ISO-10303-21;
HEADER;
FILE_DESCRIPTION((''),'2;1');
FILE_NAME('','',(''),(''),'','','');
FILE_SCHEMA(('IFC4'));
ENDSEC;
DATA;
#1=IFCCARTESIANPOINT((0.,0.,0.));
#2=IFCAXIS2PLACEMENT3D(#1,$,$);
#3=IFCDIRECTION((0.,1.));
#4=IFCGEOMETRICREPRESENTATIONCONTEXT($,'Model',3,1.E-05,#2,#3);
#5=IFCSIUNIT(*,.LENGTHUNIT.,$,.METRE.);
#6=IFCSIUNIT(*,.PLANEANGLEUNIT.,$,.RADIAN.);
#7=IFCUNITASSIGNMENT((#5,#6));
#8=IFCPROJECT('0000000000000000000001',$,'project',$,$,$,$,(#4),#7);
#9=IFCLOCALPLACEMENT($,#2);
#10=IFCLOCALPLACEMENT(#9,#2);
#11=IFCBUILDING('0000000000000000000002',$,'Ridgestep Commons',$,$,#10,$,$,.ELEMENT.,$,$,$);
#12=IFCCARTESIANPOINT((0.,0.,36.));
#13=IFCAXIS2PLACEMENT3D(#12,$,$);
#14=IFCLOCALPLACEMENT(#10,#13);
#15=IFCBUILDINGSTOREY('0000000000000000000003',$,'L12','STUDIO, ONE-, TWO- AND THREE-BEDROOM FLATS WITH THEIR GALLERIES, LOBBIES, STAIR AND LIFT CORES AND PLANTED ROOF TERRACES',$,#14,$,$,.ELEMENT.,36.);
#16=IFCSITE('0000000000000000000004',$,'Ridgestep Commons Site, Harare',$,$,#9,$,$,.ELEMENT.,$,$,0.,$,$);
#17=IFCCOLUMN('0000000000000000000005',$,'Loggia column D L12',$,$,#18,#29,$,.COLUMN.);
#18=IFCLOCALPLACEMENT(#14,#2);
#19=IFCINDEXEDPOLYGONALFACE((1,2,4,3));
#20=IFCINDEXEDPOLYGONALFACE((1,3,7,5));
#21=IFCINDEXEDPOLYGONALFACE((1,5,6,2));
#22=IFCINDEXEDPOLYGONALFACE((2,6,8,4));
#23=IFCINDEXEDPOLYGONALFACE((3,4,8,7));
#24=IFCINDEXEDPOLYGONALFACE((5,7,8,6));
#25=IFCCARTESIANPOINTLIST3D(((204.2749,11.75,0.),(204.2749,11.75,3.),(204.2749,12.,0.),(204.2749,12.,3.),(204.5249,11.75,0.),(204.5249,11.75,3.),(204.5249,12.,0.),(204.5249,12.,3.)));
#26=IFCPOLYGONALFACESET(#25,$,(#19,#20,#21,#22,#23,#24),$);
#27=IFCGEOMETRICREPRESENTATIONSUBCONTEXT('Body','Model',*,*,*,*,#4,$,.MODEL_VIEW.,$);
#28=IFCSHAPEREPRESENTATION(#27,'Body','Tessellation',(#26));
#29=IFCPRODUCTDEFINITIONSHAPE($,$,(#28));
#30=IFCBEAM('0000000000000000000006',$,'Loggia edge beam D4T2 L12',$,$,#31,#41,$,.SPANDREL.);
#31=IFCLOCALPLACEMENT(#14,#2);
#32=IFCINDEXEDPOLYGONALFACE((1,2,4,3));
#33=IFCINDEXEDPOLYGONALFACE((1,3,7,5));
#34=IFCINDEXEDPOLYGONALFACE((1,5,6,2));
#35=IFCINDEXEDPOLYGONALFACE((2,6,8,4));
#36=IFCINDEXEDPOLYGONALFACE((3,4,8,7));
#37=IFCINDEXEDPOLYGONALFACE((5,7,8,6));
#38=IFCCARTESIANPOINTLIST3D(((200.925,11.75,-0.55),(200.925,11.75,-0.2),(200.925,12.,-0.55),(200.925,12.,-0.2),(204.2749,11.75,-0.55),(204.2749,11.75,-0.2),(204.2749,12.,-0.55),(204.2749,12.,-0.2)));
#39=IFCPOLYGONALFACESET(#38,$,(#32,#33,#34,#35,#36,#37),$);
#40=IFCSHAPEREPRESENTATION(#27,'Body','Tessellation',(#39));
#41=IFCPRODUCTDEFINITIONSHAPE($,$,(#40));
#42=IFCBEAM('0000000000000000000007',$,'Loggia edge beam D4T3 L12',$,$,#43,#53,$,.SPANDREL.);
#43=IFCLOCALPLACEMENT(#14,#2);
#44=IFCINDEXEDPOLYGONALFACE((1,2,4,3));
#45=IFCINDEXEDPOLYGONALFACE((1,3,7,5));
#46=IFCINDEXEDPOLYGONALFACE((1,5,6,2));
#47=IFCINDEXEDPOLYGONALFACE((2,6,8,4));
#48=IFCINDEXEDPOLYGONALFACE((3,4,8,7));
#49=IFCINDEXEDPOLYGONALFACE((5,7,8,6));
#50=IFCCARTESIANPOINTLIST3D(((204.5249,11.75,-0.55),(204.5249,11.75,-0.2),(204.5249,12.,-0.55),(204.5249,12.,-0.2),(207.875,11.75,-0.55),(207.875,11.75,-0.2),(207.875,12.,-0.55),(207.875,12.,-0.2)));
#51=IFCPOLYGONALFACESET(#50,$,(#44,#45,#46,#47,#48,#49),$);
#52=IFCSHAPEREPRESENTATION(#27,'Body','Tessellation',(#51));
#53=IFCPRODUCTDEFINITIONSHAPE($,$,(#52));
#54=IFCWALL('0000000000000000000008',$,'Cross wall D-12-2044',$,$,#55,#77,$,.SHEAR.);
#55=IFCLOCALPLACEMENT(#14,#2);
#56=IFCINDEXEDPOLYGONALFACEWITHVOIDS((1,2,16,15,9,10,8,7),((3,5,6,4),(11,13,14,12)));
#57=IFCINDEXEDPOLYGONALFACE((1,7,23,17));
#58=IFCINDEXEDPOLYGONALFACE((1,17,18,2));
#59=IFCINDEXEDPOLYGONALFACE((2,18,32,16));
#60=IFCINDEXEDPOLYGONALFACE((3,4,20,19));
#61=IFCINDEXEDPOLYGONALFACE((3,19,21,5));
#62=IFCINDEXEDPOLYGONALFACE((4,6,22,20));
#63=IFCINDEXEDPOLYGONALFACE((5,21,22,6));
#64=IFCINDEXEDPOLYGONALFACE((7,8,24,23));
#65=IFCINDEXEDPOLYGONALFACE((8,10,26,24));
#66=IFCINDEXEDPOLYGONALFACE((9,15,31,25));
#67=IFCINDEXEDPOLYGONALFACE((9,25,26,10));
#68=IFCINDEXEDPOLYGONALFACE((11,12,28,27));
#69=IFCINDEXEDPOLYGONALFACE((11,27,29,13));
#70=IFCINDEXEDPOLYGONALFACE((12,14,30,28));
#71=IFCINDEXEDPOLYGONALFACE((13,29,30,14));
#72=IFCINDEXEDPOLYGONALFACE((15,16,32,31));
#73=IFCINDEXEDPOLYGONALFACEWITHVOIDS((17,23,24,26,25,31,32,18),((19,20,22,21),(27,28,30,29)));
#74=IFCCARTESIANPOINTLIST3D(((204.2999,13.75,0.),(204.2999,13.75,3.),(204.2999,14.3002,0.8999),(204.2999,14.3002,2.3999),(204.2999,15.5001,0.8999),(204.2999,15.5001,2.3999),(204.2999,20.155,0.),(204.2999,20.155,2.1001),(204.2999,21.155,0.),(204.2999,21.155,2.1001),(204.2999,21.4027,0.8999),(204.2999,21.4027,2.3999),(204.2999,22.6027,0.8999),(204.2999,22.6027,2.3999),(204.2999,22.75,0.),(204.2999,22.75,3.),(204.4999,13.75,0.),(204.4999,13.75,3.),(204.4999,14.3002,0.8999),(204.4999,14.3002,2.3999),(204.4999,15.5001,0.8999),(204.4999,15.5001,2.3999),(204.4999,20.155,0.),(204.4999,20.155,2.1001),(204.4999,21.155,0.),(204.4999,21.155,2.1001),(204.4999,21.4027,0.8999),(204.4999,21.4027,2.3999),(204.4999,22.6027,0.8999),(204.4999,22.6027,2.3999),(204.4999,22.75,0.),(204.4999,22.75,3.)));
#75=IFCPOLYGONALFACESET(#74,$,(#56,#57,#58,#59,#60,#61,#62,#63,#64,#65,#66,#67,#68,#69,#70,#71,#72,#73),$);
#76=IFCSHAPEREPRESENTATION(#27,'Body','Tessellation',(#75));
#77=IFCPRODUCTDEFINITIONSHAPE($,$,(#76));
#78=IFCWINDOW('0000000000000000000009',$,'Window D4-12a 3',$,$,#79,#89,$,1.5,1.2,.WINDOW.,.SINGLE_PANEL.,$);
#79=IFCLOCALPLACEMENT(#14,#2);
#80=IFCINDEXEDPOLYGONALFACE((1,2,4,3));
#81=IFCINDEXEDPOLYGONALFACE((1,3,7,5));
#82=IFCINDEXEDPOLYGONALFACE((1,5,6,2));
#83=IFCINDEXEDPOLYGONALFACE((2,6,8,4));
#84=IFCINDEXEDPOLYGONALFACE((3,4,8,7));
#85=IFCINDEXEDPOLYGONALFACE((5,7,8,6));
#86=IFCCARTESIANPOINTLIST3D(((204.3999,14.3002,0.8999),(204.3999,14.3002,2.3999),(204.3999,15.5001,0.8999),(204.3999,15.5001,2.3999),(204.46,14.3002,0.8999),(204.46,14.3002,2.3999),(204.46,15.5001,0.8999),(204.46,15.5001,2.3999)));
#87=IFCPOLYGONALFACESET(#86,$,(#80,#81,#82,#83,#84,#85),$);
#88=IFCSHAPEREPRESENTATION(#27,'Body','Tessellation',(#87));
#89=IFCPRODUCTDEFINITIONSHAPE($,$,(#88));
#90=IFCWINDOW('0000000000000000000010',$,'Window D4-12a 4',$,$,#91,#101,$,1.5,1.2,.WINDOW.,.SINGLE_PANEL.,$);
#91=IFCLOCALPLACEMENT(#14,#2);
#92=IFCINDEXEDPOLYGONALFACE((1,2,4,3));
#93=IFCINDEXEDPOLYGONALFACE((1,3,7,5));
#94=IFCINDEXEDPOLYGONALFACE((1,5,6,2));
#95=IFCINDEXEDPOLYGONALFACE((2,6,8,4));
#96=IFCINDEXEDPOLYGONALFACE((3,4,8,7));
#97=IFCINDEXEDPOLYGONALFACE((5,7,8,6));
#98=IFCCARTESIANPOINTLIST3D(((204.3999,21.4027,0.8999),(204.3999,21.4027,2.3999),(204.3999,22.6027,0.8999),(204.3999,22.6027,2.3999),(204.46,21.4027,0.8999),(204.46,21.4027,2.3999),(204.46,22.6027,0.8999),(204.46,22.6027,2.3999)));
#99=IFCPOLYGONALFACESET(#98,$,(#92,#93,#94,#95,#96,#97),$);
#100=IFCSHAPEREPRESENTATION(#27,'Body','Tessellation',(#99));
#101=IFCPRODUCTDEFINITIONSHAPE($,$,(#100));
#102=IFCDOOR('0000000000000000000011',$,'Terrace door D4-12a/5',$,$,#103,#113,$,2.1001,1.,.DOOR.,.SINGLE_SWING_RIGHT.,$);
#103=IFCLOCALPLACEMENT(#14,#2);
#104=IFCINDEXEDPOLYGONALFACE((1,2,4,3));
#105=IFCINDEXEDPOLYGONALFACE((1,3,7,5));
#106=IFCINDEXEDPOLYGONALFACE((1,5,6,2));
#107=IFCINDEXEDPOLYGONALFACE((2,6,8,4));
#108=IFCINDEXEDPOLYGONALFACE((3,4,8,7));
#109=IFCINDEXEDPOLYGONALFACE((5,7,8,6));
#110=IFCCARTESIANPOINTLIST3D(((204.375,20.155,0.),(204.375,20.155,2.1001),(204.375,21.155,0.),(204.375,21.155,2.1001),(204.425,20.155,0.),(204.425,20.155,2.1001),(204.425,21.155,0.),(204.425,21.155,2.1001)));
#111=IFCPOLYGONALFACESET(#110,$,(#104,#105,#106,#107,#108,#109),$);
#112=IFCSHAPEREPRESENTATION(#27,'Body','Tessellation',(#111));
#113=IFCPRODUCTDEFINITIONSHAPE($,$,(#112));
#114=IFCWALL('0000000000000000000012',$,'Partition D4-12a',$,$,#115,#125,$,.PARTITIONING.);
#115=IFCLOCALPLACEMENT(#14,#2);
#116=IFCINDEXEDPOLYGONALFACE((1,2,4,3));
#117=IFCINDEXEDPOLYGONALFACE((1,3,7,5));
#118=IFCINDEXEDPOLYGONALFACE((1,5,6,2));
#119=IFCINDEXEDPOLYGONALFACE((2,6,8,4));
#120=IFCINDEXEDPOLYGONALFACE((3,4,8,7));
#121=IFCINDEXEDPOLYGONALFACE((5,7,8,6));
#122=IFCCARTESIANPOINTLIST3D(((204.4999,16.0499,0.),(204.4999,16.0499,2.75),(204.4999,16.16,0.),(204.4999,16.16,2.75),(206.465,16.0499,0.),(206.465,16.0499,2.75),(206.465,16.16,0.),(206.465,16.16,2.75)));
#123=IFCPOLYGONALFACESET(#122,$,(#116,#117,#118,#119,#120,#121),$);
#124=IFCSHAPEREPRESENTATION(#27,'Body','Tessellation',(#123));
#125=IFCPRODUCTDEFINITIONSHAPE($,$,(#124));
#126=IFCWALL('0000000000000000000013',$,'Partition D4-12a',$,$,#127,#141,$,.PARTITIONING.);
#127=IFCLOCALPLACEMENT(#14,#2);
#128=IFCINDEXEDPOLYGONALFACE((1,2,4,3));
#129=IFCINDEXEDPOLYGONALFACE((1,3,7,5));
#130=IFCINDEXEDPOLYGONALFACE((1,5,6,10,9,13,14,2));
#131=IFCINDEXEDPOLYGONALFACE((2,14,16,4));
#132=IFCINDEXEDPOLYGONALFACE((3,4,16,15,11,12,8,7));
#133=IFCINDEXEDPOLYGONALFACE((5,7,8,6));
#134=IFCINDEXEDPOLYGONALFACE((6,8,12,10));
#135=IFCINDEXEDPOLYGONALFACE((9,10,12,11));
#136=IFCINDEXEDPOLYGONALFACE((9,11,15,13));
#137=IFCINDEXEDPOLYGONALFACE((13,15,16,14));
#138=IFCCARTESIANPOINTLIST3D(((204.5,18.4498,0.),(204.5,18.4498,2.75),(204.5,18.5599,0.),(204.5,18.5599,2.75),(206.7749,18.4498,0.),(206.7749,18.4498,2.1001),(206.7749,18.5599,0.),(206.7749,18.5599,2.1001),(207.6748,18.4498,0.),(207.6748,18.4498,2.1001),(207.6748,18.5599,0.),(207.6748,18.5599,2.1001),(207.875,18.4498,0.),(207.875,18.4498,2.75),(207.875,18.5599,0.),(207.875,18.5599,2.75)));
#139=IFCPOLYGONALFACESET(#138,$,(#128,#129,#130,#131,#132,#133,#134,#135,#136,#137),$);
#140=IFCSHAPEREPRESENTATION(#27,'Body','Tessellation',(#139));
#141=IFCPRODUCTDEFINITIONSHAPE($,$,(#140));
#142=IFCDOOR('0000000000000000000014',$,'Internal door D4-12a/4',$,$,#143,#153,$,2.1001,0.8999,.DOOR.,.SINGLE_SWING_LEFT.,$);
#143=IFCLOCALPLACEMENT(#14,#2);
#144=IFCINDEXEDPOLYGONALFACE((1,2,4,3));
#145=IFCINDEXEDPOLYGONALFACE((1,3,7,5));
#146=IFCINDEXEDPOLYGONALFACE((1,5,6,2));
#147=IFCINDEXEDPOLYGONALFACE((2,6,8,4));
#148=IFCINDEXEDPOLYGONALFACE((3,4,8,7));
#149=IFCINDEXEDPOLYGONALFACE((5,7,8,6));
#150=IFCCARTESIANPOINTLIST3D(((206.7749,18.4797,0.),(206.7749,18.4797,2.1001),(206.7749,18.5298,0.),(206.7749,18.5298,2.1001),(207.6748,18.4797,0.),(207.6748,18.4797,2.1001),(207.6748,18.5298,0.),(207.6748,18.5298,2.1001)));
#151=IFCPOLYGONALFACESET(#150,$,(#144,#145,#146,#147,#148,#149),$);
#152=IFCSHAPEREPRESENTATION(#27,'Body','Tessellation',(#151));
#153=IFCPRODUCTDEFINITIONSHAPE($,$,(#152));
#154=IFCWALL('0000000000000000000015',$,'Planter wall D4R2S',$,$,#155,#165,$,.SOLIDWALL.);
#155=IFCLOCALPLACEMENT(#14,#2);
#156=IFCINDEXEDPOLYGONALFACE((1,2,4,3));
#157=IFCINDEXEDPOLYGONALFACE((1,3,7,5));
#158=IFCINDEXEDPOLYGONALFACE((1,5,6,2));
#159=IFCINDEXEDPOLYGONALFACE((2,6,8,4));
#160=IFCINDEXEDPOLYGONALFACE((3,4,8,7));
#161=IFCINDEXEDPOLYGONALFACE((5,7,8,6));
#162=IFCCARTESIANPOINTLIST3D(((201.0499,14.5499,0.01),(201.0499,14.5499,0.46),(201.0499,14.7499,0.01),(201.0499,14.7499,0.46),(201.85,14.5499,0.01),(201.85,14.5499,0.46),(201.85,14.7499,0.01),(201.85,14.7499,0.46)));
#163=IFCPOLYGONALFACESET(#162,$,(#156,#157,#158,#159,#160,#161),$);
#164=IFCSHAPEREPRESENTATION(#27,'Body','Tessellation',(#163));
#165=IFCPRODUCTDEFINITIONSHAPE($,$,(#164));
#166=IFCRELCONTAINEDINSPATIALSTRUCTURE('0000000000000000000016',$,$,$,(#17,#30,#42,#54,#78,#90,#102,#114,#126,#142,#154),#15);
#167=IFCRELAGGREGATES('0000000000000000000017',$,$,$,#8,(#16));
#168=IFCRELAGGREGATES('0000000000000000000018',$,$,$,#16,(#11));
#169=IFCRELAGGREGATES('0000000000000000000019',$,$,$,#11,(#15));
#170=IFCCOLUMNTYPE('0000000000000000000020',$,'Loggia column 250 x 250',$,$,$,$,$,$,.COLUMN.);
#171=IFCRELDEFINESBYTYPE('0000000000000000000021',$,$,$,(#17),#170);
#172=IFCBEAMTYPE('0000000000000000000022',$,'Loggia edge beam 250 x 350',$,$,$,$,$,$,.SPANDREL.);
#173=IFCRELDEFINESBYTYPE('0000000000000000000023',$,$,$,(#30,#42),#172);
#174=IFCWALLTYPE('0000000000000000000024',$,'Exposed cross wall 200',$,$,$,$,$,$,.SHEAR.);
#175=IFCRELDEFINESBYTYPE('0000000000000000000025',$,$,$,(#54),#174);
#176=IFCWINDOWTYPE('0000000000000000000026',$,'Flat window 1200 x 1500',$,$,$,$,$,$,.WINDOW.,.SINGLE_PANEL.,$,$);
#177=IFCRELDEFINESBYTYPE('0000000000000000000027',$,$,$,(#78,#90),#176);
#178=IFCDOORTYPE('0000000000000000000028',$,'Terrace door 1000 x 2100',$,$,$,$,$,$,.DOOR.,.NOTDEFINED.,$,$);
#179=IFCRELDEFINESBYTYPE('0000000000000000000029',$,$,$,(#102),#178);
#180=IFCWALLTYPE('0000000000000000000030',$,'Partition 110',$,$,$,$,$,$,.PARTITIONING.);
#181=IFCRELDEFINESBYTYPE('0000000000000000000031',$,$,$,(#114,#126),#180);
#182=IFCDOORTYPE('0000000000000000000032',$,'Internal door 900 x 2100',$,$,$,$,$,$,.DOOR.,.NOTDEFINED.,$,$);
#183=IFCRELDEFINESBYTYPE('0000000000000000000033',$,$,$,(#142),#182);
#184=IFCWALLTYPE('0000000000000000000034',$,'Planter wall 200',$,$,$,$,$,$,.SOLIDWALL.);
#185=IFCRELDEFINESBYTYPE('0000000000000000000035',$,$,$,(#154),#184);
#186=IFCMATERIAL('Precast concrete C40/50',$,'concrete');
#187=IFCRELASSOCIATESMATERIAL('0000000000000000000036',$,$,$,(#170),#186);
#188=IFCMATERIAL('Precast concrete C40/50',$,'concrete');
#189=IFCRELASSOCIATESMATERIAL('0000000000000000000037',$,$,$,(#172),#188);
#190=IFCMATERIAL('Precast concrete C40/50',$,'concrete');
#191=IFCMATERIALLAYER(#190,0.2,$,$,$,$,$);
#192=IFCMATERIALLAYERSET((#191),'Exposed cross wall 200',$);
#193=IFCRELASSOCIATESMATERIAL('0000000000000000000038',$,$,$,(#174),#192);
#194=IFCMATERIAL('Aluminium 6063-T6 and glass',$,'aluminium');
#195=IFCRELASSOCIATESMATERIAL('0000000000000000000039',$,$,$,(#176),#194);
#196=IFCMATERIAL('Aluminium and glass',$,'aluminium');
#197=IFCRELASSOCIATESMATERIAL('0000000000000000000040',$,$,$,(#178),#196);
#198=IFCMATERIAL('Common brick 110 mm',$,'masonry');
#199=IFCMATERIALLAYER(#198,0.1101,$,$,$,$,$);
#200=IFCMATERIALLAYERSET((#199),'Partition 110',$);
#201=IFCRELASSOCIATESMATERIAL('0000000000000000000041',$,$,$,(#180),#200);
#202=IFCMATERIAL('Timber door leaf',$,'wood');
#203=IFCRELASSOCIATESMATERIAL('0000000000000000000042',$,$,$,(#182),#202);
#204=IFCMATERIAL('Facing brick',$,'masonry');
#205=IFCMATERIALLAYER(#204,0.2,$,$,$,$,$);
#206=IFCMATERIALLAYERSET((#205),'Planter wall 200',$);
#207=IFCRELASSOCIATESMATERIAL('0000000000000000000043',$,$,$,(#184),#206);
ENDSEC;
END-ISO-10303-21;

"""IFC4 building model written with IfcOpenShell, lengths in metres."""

from ifc_helpers import new_model, si_unit, direction, frame, frame_2d, origin, origin_2d, place, context, subcontext, project, spatial, rectangle, extrude, material, layer, layer_set, material_profile, profile_set, type_object, element, fill, save


model = new_model("IFC4")

# Units and contexts
model_context = context("Model", 3, precision=1e-05, world=origin(), true_north=direction((0.0, 1.0)))
body_context = subcontext(model_context, "Body", "Model", "MODEL_VIEW")
ifc_project = project(units=[si_unit("LENGTHUNIT", "METRE"), si_unit("PLANEANGLEUNIT", "RADIAN")], contexts=[model_context])

# Site, building, storey
site_placement = place(None, origin())
site = spatial("IfcSite", under=ifc_project, at=site_placement, Name="Ridgestep Commons Site, Harare", CompositionType="ELEMENT", RefElevation=0.0)
building_placement = place(site_placement, origin())
building = spatial("IfcBuilding", under=site, at=building_placement, Name="Ridgestep Commons", CompositionType="ELEMENT")
storey_placement = place(building_placement, frame((0.0, 0.0, 36.0)))
storey = spatial("IfcBuildingStorey", under=building, at=storey_placement, Name="L12", Description="STUDIO, ONE-, TWO- AND THREE-BEDROOM FLATS WITH THEIR GALLERIES, LOBBIES, STAIR AND LIFT CORES AND PLANTED ROOF TERRACES", CompositionType="ELEMENT", Elevation=36.0)

# Column
ifc_material_1 = material(Name="Precast concrete C40/50", Category="concrete")
ifc_material_profile_1 = material_profile(ifc_material_1, rectangle(XDim=0.25, YDim=0.25, at=origin_2d()), Name="PC 250x250")
ifc_profile_set_1 = profile_set([ifc_material_profile_1], Name="Precast concrete C40/50")
column_type = type_object("IfcColumnType", Name="Loggia column 250 x 250", PredefinedType="COLUMN", material=ifc_profile_set_1)
column_placement = place(storey_placement, frame((204.3999, 11.875, 0.0), z_axis=(0.0, 0.0, 1.0), x_axis=(1.0, 0.0, 0.0)))
element("IfcColumn", 1, at=column_placement, inside=storey, type_object=column_type, Name="Loggia column D L12", PredefinedType="COLUMN", context=body_context, shape_type="SweptSolid", body=[
    extrude(rectangle(XDim=0.25, YDim=0.25, at=origin_2d()), origin(), (0.0, 0.0, 1.0), 3.0),
])

# Beams
ifc_material_2 = material(Name="Precast concrete C40/50", Category="concrete")
ifc_material_profile_2 = material_profile(ifc_material_2, rectangle(XDim=0.25, YDim=0.3501, at=origin_2d()), Name="PC 250x350")
ifc_profile_set_2 = profile_set([ifc_material_profile_2], Name="Precast concrete C40/50")
beam_type = type_object("IfcBeamType", Name="Loggia edge beam 250 x 350", PredefinedType="SPANDREL", material=ifc_profile_set_2)
beam_1_placement = place(storey_placement, frame((200.925, 11.875, -0.375), z_axis=(1.0, 0.0, 0.0), x_axis=(0.0, 1.0, 0.0)))
element("IfcBeam", 2, at=beam_1_placement, inside=storey, type_object=beam_type, Name="Loggia edge beam D4T2 L12", PredefinedType="SPANDREL", context=body_context, shape_type="SweptSolid", body=[
    extrude(rectangle(XDim=0.25, YDim=0.3501, at=origin_2d()), origin(), (0.0, 0.0, 1.0), 3.3499),
])
beam_2_placement = place(storey_placement, frame((204.5249, 11.875, -0.375), z_axis=(1.0, 0.0, 0.0), x_axis=(0.0, 1.0, 0.0)))
element("IfcBeam", 3, at=beam_2_placement, inside=storey, type_object=beam_type, Name="Loggia edge beam D4T3 L12", PredefinedType="SPANDREL", context=body_context, shape_type="SweptSolid", body=[
    extrude(rectangle(XDim=0.25, YDim=0.3501, at=origin_2d()), origin(), (0.0, 0.0, 1.0), 3.3501),
])

# Wall, openings, windows, door
ifc_material_3 = material(Name="Precast concrete C40/50", Category="concrete")
ifc_layer_1 = layer(ifc_material_3, 0.2)
ifc_layer_set_1 = layer_set([ifc_layer_1], Name="Exposed cross wall 200")
wall_type_1 = type_object("IfcWallType", Name="Exposed cross wall 200", PredefinedType="SHEAR", material=ifc_layer_set_1)
wall_1_placement = place(storey_placement, frame((204.3999, 13.75, 0.0), z_axis=(0.0, 0.0, 1.0), x_axis=(0.0, 1.0, 0.0)))
wall_1 = element("IfcWall", 4, at=wall_1_placement, inside=storey, type_object=wall_type_1, Name="Cross wall D-12-2044", PredefinedType="SHEAR", context=body_context, shape_type="SweptSolid", body=[
    extrude(rectangle(XDim=9.0, YDim=0.2, at=frame_2d((4.5, 0.0))), origin(), (0.0, 0.0, 1.0), 3.0),
])
opening_1_placement = place(wall_1_placement, frame((0.55, 0.0, 0.8999)))
opening_1 = element("IfcOpeningElement", 5, at=opening_1_placement, cuts=wall_1, PredefinedType="OPENING", context=body_context, shape_type="SweptSolid", body=[
    extrude(rectangle(XDim=1.2, YDim=1.5, at=frame_2d((0.6001, 0.75))), frame((0.0, 0.1099, 0.0), z_axis=(0.0, -1.0, 0.0), x_axis=(1.0, 0.0, 0.0)), (0.0, 0.0, 1.0), 0.22),
])
opening_2_placement = place(wall_1_placement, frame((7.6526, 0.0, 0.8999)))
opening_2 = element("IfcOpeningElement", 6, at=opening_2_placement, cuts=wall_1, PredefinedType="OPENING", context=body_context, shape_type="SweptSolid", body=[
    extrude(rectangle(XDim=1.2, YDim=1.5, at=frame_2d((0.6001, 0.75))), frame((0.0, 0.1099, 0.0), z_axis=(0.0, -1.0, 0.0), x_axis=(1.0, 0.0, 0.0)), (0.0, 0.0, 1.0), 0.22),
])
opening_3_placement = place(wall_1_placement, frame((6.405, 0.0, 0.0)))
opening_3 = element("IfcOpeningElement", 7, at=opening_3_placement, cuts=wall_1, PredefinedType="OPENING", context=body_context, shape_type="SweptSolid", body=[
    extrude(rectangle(XDim=1.0, YDim=2.1001, at=frame_2d((0.5, 1.05))), frame((0.0, 0.1099, 0.0), z_axis=(0.0, -1.0, 0.0), x_axis=(1.0, 0.0, 0.0)), (0.0, 0.0, 1.0), 0.22),
])
ifc_material_4 = material(Name="Aluminium 6063-T6 and glass", Category="aluminium")
window_type_1 = type_object("IfcWindowType", Name="Flat window 1200 x 1500", PartitioningType="SINGLE_PANEL", PredefinedType="WINDOW", material=ifc_material_4)
window_1_placement = place(opening_1_placement, origin())
window_1 = element("IfcWindow", 8, at=window_1_placement, inside=storey, type_object=window_type_1, Name="Window D4-12a 3", OverallHeight=1.5, OverallWidth=1.2, PartitioningType="SINGLE_PANEL", PredefinedType="WINDOW", context=body_context, shape_type="SweptSolid", body=[
    extrude(rectangle(XDim=1.2, YDim=1.5, at=frame_2d((0.6001, 0.75))), frame((0.0, 0.0, 0.0), z_axis=(0.0, -1.0, 0.0), x_axis=(1.0, 0.0, 0.0)), (0.0, 0.0, 1.0), 0.0601),
])
fill(opening_1, window_1)
window_2_placement = place(opening_2_placement, origin())
window_2 = element("IfcWindow", 9, at=window_2_placement, inside=storey, type_object=window_type_1, Name="Window D4-12a 4", OverallHeight=1.5, OverallWidth=1.2, PartitioningType="SINGLE_PANEL", PredefinedType="WINDOW", context=body_context, shape_type="SweptSolid", body=[
    extrude(rectangle(XDim=1.2, YDim=1.5, at=frame_2d((0.6001, 0.75))), frame((0.0, 0.0, 0.0), z_axis=(0.0, -1.0, 0.0), x_axis=(1.0, 0.0, 0.0)), (0.0, 0.0, 1.0), 0.0601),
])
fill(opening_2, window_2)
ifc_material_5 = material(Name="Aluminium and glass", Category="aluminium")
door_type_1 = type_object("IfcDoorType", Name="Terrace door 1000 x 2100", OperationType="NOTDEFINED", PredefinedType="DOOR", material=ifc_material_5)
door_1_placement = place(opening_3_placement, origin())
door_1 = element("IfcDoor", 10, at=door_1_placement, inside=storey, type_object=door_type_1, Name="Terrace door D4-12a/5", OperationType="SINGLE_SWING_RIGHT", OverallHeight=2.1001, OverallWidth=1.0, PredefinedType="DOOR", context=body_context, shape_type="SweptSolid", body=[
    extrude(rectangle(XDim=1.0, YDim=2.1001, at=frame_2d((0.5, 1.05))), frame((0.0, 0.0249, 0.0), z_axis=(0.0, -1.0, 0.0), x_axis=(1.0, 0.0, 0.0)), (0.0, 0.0, 1.0), 0.05),
])
fill(opening_3, door_1)

# Wall
ifc_material_6 = material(Name="Common brick 110 mm", Category="masonry")
ifc_layer_2 = layer(ifc_material_6, 0.1101)
ifc_layer_set_2 = layer_set([ifc_layer_2], Name="Partition 110")
wall_type_2 = type_object("IfcWallType", Name="Partition 110", PredefinedType="PARTITIONING", material=ifc_layer_set_2)
wall_2_placement = place(storey_placement, frame((204.5, 16.105, 0.0), z_axis=(0.0, 0.0, 1.0), x_axis=(1.0, 0.0, 0.0)))
element("IfcWall", 11, at=wall_2_placement, inside=storey, type_object=wall_type_2, Name="Partition D4-12a", PredefinedType="PARTITIONING", context=body_context, shape_type="SweptSolid", body=[
    extrude(rectangle(XDim=1.9651, YDim=0.1101, at=frame_2d((0.9824, 0.0))), origin(), (0.0, 0.0, 1.0), 2.75),
])

# Wall, opening, door
wall_3_placement = place(storey_placement, frame((204.5, 18.5049, 0.0), z_axis=(0.0, 0.0, 1.0), x_axis=(1.0, 0.0, 0.0)))
wall_3 = element("IfcWall", 12, at=wall_3_placement, inside=storey, type_object=wall_type_2, Name="Partition D4-12a", PredefinedType="PARTITIONING", context=body_context, shape_type="SweptSolid", body=[
    extrude(rectangle(XDim=3.375, YDim=0.1101, at=frame_2d((1.6875, 0.0))), origin(), (0.0, 0.0, 1.0), 2.75),
])
opening_4_placement = place(wall_3_placement, frame((2.2749, 0.0, 0.0)))
opening_4 = element("IfcOpeningElement", 13, at=opening_4_placement, cuts=wall_3, PredefinedType="OPENING", context=body_context, shape_type="SweptSolid", body=[
    extrude(rectangle(XDim=0.8999, YDim=2.1001, at=frame_2d((0.45, 1.05))), frame((0.0, 0.0649, 0.0), z_axis=(0.0, -1.0, 0.0), x_axis=(1.0, 0.0, 0.0)), (0.0, 0.0, 1.0), 0.1301),
])
ifc_material_7 = material(Name="Timber door leaf", Category="wood")
door_type_2 = type_object("IfcDoorType", Name="Internal door 900 x 2100", OperationType="NOTDEFINED", PredefinedType="DOOR", material=ifc_material_7)
door_2_placement = place(opening_4_placement, origin())
door_2 = element("IfcDoor", 14, at=door_2_placement, inside=storey, type_object=door_type_2, Name="Internal door D4-12a/4", OperationType="SINGLE_SWING_LEFT", OverallHeight=2.1001, OverallWidth=0.8999, PredefinedType="DOOR", context=body_context, shape_type="SweptSolid", body=[
    extrude(rectangle(XDim=0.8999, YDim=2.1001, at=frame_2d((0.45, 1.05))), frame((0.0, 0.0249, 0.0), z_axis=(0.0, -1.0, 0.0), x_axis=(1.0, 0.0, 0.0)), (0.0, 0.0, 1.0), 0.05),
])
fill(opening_4, door_2)

# Wall
ifc_material_8 = material(Name="Facing brick", Category="masonry")
ifc_layer_3 = layer(ifc_material_8, 0.2)
ifc_layer_set_3 = layer_set([ifc_layer_3], Name="Planter wall 200")
wall_type_3 = type_object("IfcWallType", Name="Planter wall 200", PredefinedType="SOLIDWALL", material=ifc_layer_set_3)
wall_4_placement = place(storey_placement, frame((201.05, 14.6499, 0.01), z_axis=(0.0, 0.0, 1.0), x_axis=(1.0, 0.0, 0.0)))
element("IfcWall", 15, at=wall_4_placement, inside=storey, type_object=wall_type_3, Name="Planter wall D4R2S", PredefinedType="SOLIDWALL", context=body_context, shape_type="SweptSolid", body=[
    extrude(rectangle(XDim=0.8, YDim=0.2, at=frame_2d((0.3999, 0.0))), origin(), (0.0, 0.0, 1.0), 0.45),
])

save(model, "model.ifc")
